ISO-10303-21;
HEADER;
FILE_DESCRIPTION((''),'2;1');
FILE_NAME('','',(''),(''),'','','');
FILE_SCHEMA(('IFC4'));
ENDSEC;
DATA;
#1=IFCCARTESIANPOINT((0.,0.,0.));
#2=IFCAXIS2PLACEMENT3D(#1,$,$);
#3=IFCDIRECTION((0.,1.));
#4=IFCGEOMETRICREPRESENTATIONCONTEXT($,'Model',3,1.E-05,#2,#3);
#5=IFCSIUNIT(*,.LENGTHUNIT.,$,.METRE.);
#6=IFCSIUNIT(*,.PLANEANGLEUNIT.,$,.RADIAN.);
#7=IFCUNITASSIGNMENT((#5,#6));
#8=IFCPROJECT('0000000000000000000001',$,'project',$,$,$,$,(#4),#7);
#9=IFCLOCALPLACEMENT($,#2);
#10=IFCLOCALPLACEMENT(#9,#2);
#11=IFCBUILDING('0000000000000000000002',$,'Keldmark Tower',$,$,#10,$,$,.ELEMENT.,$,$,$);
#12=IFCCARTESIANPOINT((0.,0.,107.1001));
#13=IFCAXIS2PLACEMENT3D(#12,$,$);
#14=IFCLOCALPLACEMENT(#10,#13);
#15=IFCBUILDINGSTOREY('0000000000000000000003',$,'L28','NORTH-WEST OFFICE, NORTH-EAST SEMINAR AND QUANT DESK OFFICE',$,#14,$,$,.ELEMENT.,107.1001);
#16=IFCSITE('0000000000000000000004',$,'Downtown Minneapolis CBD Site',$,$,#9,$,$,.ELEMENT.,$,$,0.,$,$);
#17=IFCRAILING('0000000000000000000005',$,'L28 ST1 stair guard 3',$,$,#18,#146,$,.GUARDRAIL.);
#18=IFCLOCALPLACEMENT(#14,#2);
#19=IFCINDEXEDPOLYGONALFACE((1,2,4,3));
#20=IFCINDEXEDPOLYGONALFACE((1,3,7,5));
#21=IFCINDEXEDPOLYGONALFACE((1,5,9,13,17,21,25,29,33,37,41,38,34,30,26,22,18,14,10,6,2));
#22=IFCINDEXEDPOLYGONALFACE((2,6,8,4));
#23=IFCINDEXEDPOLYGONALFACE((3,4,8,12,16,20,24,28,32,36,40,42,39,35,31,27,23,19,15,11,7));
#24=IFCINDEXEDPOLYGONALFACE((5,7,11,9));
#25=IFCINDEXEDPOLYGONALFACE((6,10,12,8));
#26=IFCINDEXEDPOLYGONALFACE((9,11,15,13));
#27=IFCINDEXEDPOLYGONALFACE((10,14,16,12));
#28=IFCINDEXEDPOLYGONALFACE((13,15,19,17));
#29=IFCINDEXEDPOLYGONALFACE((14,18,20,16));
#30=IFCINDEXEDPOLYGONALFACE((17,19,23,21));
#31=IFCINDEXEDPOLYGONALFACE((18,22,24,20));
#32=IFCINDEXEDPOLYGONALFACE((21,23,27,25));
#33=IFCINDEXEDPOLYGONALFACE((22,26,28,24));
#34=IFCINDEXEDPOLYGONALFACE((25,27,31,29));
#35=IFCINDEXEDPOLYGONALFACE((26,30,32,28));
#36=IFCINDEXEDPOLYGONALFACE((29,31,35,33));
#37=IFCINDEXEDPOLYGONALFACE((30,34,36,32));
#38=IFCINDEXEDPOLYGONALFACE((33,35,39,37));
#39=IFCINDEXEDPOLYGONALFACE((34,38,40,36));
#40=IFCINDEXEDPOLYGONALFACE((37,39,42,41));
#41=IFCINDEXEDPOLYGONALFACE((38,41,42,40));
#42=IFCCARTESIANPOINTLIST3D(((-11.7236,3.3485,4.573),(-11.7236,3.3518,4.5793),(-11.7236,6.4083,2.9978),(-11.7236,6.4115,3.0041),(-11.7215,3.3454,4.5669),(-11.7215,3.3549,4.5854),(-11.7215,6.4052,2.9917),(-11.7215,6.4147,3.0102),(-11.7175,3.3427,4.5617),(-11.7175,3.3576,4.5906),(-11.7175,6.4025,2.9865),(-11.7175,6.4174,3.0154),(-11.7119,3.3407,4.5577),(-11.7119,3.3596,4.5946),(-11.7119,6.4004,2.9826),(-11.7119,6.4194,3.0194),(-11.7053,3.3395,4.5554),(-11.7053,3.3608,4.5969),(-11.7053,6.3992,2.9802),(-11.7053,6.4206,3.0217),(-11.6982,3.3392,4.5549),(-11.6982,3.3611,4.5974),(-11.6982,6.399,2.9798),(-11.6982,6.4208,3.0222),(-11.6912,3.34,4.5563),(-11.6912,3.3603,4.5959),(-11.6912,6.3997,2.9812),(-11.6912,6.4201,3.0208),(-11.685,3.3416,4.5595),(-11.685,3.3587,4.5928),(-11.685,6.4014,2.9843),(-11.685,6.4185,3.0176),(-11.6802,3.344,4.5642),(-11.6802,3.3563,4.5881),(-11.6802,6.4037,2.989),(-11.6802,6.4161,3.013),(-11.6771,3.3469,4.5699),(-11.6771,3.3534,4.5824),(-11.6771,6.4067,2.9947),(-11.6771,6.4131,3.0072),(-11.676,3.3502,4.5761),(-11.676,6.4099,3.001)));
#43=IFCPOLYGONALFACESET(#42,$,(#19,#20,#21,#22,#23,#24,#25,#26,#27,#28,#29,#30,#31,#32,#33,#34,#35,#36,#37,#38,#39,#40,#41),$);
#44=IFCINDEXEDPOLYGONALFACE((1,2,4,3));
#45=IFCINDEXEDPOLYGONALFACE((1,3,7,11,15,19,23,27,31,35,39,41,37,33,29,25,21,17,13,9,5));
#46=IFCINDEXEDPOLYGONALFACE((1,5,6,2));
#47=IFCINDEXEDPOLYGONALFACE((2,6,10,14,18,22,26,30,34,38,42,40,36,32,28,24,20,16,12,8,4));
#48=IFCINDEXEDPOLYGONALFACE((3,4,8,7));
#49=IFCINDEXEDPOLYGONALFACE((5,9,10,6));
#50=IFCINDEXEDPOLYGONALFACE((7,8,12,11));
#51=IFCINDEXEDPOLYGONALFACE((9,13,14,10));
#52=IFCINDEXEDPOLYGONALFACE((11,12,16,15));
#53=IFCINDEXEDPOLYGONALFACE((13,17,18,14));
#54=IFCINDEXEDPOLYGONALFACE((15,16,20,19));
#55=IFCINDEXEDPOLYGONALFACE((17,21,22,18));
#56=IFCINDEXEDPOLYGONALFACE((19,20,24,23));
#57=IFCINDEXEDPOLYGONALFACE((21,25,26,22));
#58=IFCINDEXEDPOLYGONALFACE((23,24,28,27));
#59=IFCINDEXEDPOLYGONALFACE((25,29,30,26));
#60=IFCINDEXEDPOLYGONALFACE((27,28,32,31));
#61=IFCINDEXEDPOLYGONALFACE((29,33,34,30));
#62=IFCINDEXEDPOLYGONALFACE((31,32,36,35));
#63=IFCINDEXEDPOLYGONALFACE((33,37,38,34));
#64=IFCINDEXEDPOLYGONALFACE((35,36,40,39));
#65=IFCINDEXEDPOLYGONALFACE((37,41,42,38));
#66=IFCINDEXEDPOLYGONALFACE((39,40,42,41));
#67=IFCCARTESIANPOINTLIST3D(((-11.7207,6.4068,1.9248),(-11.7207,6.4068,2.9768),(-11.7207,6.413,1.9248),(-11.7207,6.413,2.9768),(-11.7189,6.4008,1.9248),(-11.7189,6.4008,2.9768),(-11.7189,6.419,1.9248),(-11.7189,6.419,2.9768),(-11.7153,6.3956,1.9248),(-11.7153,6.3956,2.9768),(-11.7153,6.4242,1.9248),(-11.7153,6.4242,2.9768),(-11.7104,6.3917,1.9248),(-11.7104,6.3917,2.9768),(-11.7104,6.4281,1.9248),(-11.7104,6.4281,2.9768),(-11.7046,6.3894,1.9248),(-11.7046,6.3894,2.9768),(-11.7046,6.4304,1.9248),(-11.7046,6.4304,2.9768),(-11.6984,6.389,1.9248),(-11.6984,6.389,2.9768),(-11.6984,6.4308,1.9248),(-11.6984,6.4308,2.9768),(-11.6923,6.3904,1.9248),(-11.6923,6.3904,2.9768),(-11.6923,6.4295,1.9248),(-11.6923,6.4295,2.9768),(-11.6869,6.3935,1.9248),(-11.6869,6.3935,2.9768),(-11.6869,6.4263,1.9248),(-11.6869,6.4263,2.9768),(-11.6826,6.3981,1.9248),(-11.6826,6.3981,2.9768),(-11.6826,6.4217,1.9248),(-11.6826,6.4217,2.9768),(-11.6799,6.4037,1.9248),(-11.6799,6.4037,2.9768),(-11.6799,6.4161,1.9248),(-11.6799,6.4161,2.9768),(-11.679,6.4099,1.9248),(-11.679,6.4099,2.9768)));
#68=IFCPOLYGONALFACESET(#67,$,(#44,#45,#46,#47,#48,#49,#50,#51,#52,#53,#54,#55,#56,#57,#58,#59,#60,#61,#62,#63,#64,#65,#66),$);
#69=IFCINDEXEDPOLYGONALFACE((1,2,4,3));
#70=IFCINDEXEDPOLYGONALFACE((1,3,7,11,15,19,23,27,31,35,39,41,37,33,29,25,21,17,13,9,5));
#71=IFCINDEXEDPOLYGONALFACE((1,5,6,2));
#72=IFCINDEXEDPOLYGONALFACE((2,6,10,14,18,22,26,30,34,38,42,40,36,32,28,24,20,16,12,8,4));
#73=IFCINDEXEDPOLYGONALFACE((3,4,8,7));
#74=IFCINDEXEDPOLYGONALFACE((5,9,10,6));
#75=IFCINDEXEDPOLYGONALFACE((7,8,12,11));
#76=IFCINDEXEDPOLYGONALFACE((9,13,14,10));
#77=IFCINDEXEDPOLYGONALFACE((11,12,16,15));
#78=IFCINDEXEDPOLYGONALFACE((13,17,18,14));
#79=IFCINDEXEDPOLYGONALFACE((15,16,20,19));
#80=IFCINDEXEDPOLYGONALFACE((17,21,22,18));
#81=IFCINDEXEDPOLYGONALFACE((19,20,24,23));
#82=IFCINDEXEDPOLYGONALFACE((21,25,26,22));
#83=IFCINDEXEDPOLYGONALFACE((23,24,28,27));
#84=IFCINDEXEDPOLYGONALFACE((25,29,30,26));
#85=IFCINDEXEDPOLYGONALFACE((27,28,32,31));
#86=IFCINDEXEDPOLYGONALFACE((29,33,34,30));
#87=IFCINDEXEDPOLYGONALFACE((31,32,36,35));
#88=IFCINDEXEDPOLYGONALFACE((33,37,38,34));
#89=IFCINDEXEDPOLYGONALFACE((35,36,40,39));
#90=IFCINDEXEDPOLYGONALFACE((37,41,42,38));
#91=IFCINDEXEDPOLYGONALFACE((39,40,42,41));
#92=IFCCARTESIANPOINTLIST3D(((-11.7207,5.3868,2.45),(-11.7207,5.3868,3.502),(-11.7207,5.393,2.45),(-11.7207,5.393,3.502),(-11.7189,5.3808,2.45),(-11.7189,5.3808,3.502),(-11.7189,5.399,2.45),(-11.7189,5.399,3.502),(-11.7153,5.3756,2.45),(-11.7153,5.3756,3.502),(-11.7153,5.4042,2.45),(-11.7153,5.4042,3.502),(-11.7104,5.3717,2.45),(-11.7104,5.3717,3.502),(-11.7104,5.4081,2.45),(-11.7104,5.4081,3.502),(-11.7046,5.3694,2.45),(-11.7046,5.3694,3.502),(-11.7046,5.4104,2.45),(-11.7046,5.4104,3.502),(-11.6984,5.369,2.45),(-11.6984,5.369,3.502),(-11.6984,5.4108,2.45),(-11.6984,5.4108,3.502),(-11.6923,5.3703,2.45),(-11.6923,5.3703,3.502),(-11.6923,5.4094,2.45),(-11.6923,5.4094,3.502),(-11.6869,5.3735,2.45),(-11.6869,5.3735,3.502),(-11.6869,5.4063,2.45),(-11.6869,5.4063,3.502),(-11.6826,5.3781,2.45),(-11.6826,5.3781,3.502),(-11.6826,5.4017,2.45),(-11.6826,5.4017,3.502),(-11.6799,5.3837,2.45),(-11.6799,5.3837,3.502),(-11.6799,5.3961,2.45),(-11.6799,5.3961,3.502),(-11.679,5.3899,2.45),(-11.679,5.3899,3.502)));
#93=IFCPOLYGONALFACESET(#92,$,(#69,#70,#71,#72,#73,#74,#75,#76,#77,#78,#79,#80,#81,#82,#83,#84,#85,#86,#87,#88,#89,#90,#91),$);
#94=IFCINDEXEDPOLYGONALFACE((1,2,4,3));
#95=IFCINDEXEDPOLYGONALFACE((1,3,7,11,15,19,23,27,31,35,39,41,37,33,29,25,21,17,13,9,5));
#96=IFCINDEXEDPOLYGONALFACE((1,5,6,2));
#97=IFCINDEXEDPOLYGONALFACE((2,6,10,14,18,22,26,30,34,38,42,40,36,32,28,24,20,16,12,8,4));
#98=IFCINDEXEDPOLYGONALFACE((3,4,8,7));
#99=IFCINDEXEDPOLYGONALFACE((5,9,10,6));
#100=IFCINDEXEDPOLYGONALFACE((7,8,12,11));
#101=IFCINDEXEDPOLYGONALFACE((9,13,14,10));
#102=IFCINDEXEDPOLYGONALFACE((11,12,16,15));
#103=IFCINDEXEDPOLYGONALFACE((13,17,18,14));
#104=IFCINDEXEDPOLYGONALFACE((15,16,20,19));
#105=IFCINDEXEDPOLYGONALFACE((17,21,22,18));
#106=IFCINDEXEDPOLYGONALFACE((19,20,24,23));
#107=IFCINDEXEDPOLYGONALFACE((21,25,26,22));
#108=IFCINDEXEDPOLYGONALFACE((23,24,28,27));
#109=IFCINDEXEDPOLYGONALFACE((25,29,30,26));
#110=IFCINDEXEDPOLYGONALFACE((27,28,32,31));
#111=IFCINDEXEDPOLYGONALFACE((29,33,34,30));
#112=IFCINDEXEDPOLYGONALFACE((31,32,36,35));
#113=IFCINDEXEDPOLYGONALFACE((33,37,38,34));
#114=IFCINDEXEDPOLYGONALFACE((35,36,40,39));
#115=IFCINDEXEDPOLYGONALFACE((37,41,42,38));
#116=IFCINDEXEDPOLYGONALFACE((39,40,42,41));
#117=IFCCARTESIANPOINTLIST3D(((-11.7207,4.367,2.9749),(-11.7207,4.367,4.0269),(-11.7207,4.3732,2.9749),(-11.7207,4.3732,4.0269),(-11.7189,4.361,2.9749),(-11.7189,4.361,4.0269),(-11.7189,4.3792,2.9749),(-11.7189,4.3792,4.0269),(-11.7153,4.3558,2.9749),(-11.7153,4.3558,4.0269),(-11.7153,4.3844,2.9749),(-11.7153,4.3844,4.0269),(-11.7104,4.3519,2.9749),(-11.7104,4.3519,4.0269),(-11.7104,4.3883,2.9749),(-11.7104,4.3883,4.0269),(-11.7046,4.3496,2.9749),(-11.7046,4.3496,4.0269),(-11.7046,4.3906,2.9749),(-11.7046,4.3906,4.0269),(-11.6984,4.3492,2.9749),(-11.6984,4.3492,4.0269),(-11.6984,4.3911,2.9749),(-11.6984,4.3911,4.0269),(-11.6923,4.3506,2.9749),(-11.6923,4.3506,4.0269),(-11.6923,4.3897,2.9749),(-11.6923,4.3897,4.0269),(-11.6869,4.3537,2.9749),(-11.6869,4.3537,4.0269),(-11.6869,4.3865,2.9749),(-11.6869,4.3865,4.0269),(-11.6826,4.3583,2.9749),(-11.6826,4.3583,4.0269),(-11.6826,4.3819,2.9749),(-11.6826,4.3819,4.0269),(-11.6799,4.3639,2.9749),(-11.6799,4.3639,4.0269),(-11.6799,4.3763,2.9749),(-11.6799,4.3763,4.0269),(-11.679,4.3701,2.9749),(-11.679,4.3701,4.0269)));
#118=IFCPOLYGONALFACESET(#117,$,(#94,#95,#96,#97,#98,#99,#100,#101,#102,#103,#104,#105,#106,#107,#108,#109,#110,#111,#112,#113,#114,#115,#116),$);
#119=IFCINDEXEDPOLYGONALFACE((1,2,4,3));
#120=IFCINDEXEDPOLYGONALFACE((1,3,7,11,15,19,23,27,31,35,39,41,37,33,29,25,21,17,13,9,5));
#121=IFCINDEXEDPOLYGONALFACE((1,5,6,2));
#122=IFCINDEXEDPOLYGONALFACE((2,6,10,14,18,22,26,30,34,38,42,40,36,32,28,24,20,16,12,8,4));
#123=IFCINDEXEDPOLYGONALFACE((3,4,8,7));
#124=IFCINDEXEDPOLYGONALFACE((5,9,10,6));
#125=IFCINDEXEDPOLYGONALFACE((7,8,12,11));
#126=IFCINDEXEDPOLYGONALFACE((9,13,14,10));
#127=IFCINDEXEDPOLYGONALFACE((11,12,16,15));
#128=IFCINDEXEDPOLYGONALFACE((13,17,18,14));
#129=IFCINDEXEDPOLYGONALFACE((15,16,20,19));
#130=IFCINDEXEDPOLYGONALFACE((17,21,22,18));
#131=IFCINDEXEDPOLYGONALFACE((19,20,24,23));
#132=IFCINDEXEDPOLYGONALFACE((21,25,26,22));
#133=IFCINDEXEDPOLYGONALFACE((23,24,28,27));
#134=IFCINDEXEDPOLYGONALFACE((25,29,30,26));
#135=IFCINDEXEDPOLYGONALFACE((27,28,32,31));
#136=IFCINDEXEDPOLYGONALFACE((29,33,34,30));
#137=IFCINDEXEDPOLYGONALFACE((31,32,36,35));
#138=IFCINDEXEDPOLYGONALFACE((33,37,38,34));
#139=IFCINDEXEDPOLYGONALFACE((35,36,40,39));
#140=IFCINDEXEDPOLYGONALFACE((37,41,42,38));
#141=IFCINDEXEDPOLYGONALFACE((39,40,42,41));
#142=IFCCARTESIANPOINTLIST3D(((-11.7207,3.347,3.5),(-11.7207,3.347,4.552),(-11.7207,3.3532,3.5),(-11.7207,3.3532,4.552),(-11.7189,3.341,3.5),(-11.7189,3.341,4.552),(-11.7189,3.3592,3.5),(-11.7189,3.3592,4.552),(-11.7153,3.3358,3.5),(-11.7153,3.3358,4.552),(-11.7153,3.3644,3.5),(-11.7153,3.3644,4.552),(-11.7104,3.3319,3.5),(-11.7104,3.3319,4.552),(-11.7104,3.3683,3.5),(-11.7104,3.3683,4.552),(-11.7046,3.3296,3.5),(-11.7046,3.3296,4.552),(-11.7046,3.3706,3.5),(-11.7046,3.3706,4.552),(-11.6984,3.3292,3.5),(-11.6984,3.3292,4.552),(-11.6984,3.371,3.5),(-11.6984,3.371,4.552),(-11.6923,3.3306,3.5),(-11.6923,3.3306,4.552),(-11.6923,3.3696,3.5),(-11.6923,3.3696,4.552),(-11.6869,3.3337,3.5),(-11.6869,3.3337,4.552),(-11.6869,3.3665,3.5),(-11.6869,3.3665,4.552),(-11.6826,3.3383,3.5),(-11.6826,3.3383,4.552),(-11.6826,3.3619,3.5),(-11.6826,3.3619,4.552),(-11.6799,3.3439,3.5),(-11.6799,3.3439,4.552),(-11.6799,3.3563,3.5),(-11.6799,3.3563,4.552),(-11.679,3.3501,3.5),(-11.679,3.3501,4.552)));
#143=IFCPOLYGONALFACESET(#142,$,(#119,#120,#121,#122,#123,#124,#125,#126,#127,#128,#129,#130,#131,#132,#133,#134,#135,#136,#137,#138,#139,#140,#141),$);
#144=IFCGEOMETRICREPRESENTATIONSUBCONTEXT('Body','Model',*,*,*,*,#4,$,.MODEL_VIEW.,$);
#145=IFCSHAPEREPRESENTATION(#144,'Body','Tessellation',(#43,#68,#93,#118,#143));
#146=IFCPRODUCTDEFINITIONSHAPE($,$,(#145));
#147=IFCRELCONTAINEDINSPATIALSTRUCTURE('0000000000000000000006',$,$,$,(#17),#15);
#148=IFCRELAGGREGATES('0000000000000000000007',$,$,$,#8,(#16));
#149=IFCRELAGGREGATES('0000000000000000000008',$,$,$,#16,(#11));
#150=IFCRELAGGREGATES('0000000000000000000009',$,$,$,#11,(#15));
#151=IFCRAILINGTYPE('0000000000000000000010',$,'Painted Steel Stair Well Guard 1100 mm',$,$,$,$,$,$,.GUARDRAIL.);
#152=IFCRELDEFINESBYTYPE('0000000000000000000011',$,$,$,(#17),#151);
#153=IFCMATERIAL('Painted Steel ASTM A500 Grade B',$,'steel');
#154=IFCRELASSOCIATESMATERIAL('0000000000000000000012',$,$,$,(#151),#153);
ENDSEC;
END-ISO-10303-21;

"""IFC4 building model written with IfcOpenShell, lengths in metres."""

from ifc_helpers import new_model, si_unit, direction, frame, origin, origin_2d, place, context, subcontext, project, spatial, circle, extrude, material, type_object, element, save


model = new_model("IFC4")

# Units and contexts
model_context = context("Model", 3, precision=1e-05, world=origin(), true_north=direction((0.0, 1.0)))
body_context = subcontext(model_context, "Body", "Model", "MODEL_VIEW")
ifc_project = project(units=[si_unit("LENGTHUNIT", "METRE"), si_unit("PLANEANGLEUNIT", "RADIAN")], contexts=[model_context])

# Site, building, storey
site_placement = place(None, origin())
site = spatial("IfcSite", under=ifc_project, at=site_placement, Name="Downtown Minneapolis CBD Site", CompositionType="ELEMENT", RefElevation=0.0)
building_placement = place(site_placement, origin())
building = spatial("IfcBuilding", under=site, at=building_placement, Name="Keldmark Tower", CompositionType="ELEMENT")
storey_placement = place(building_placement, frame((0.0, 0.0, 107.1001)))
storey = spatial("IfcBuildingStorey", under=building, at=storey_placement, Name="L28", Description="NORTH-WEST OFFICE, NORTH-EAST SEMINAR AND QUANT DESK OFFICE", CompositionType="ELEMENT", Elevation=107.1001)

# Railing
ifc_material_1 = material(Name="Painted Steel ASTM A500 Grade B", Category="steel")
railing_type_1 = type_object("IfcRailingType", Name="Painted Steel Stair Well Guard 1100 mm", PredefinedType="GUARDRAIL", material=ifc_material_1)
railing_1_placement = place(storey_placement, frame((-11.7, 6.4099, 1.9248)))
element("IfcRailing", 1, at=railing_1_placement, inside=storey, type_object=railing_type_1, Name="L28 ST1 stair guard 3", PredefinedType="GUARDRAIL", context=body_context, shape_type="SweptSolid", body=[
    extrude(circle(Radius=0.0239, at=origin_2d()), frame((0.0, 0.0, 1.0762), z_axis=(0.0, -0.889101, 0.45771), x_axis=(1.0, 0.0, 0.0)), (0.0, 0.0, 1.0), 3.4414),
    extrude(circle(Radius=0.021, at=origin_2d()), origin(), (0.0, 0.0, 1.0), 1.052),
    extrude(circle(Radius=0.021, at=origin_2d()), frame((0.0, -1.02, 0.5251)), (0.0, 0.0, 1.0), 1.052),
    extrude(circle(Radius=0.021, at=origin_2d()), frame((0.0, -2.0398, 1.05)), (0.0, 0.0, 1.0), 1.052),
    extrude(circle(Radius=0.021, at=origin_2d()), frame((0.0, -3.0598, 1.5752)), (0.0, 0.0, 1.0), 1.052),
])

save(model, "model.ifc")
